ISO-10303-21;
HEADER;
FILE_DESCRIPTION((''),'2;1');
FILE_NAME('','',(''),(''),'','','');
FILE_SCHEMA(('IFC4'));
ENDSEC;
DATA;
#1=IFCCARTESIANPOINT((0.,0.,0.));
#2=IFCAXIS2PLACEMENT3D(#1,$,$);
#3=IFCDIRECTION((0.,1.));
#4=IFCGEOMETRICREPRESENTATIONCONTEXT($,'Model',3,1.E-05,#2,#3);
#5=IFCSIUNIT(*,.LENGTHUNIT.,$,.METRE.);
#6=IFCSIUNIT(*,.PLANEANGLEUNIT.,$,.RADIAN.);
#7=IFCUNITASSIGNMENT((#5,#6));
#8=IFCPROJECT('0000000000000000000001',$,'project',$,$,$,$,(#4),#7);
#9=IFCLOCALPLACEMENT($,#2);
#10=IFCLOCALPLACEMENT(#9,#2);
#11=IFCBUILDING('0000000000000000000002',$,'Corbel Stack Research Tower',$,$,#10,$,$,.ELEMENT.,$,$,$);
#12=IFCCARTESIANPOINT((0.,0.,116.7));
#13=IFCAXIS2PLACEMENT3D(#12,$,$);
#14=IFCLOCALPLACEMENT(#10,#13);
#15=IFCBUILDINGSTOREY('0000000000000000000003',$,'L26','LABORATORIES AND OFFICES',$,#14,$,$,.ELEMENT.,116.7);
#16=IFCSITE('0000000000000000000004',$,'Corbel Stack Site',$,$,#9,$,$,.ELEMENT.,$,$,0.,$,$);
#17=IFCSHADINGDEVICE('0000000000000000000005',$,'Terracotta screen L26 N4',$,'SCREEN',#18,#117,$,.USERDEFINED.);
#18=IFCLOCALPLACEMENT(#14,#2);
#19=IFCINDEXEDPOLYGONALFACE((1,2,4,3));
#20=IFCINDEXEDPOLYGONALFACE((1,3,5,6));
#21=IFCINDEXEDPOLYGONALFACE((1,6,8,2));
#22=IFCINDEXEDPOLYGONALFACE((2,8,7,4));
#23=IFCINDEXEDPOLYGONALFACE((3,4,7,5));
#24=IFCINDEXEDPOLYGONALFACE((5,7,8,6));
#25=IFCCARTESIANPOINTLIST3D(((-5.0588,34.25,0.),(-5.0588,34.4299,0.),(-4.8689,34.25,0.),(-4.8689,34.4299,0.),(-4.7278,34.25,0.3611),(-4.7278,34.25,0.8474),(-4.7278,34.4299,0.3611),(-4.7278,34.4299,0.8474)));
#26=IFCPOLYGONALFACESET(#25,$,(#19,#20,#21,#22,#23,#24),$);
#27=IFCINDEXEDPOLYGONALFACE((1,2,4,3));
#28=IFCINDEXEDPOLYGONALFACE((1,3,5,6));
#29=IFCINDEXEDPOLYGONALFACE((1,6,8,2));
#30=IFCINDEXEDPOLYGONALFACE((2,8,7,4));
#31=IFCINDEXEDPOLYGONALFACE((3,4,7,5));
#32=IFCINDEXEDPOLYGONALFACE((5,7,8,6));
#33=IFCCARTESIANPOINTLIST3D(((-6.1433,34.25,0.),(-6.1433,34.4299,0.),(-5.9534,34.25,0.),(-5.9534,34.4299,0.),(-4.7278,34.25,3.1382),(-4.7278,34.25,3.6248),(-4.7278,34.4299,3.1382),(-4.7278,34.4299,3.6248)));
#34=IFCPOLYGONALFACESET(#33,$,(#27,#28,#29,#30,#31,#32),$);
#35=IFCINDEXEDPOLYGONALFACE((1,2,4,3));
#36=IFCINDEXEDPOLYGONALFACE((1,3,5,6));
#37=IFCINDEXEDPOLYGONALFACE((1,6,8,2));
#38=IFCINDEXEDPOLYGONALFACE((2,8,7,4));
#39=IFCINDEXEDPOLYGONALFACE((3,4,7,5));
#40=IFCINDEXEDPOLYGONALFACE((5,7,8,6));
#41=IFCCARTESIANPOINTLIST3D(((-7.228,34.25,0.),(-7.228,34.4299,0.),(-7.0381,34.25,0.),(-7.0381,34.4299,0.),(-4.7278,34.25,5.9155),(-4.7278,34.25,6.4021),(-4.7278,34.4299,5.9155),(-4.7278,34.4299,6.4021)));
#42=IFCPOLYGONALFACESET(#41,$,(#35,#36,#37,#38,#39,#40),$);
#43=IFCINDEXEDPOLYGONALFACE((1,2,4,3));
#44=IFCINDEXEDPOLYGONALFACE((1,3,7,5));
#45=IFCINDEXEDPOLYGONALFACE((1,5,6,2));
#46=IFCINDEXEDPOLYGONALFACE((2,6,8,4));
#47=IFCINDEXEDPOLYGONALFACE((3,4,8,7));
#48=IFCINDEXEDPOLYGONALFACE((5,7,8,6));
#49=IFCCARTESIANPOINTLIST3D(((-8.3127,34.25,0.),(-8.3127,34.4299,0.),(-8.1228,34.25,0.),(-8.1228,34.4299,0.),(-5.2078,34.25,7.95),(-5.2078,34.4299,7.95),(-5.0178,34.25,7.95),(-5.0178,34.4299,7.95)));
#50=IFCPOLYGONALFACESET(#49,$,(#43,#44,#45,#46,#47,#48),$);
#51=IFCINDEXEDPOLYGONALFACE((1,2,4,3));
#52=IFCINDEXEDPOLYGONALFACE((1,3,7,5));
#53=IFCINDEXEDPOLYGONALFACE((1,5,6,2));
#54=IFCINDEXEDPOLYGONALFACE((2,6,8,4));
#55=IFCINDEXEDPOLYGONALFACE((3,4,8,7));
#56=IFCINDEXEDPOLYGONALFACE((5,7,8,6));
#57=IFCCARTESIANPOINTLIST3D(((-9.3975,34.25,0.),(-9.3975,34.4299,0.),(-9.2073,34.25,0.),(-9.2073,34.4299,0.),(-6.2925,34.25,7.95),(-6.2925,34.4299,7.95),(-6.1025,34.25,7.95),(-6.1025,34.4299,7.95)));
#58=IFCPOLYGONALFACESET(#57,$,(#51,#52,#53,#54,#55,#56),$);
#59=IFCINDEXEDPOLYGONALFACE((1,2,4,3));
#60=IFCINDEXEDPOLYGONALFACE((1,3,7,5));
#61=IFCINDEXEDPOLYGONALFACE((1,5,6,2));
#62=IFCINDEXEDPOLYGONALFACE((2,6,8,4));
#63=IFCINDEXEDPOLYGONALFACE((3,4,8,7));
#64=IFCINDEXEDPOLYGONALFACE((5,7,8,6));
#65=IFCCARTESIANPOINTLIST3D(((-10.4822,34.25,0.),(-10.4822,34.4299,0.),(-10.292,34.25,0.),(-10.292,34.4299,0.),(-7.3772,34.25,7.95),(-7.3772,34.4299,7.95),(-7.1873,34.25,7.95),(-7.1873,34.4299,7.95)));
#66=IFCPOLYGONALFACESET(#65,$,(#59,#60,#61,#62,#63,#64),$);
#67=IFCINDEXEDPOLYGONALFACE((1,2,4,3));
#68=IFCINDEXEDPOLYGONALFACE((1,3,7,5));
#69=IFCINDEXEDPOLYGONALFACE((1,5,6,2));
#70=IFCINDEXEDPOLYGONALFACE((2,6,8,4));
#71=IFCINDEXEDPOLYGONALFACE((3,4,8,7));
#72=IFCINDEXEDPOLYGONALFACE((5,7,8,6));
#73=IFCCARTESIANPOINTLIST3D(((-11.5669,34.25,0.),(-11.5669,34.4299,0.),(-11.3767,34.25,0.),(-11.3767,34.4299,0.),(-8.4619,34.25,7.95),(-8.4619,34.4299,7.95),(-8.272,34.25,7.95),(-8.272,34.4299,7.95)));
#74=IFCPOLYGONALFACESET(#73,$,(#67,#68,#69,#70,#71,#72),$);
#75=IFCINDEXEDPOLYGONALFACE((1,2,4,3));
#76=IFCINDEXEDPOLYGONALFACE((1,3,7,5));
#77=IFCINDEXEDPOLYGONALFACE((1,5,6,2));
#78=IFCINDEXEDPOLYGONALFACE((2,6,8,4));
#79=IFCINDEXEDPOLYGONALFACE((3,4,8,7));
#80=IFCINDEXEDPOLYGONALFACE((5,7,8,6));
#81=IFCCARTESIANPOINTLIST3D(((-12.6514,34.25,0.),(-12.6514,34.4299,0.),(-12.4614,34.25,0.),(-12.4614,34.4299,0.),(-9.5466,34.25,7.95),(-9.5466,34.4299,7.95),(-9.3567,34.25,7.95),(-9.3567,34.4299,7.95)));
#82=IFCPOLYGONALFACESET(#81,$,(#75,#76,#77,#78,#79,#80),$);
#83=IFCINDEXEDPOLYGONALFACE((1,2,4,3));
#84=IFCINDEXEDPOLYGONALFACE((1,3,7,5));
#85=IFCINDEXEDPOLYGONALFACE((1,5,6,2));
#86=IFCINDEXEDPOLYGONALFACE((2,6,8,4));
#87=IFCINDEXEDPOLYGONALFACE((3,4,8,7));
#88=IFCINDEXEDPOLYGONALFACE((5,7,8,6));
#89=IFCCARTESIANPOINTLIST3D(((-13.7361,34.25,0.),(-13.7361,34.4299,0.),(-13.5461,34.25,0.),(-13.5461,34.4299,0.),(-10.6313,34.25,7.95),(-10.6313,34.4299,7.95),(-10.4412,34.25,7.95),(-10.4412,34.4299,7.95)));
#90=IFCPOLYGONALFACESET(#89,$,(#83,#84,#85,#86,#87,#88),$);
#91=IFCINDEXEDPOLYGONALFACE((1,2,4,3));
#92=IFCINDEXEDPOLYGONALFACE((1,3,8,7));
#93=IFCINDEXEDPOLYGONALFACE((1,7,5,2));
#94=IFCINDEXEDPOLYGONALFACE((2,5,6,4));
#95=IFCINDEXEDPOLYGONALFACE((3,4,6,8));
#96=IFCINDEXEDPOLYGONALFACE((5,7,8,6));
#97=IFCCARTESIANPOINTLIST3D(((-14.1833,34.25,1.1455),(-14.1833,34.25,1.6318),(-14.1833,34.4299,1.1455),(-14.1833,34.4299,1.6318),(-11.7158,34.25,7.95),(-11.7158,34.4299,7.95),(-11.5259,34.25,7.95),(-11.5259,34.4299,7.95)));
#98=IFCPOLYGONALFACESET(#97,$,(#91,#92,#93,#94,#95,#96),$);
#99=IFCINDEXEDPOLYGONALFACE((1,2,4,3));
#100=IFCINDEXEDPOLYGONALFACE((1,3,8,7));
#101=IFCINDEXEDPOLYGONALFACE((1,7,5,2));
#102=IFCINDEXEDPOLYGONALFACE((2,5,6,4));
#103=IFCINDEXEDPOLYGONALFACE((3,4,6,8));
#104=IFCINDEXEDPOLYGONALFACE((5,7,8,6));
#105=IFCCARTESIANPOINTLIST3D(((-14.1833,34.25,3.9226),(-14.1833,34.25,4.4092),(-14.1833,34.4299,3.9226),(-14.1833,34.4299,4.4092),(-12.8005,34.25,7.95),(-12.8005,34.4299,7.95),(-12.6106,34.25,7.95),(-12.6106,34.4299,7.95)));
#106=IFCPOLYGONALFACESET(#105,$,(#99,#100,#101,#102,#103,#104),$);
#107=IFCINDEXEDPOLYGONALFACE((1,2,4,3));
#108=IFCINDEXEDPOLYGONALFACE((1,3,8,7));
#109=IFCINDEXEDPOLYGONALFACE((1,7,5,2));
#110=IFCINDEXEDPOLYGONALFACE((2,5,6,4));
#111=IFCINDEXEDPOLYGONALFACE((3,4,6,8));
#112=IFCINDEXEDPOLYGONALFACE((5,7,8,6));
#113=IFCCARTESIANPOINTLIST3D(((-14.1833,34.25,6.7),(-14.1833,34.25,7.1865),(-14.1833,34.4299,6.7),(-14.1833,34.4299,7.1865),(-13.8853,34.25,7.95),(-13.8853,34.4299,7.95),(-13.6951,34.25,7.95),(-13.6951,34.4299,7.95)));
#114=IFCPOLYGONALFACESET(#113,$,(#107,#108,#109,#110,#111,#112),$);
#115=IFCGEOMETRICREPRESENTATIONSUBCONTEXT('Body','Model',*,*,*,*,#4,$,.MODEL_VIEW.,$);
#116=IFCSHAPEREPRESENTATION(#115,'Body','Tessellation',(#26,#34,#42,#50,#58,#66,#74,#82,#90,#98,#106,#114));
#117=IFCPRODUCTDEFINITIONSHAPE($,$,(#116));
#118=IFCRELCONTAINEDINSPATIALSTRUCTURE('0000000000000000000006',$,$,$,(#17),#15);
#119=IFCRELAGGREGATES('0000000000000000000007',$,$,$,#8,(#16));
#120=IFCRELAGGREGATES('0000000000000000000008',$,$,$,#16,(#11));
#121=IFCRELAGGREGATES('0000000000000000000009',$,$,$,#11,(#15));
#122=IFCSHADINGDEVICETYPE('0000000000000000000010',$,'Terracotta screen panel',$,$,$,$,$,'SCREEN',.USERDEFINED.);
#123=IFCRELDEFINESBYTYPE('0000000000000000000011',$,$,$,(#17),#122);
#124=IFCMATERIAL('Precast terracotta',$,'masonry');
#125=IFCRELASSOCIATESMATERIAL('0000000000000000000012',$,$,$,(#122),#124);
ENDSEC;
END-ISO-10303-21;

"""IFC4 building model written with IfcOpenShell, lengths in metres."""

from ifc_helpers import new_model, si_unit, direction, frame, origin, place, context, subcontext, project, spatial, polyline, outline, extrude, source, transform, mapped, material, type_object, element, save


model = new_model("IFC4")

# Units and contexts
model_context = context("Model", 3, precision=1e-05, world=origin(), true_north=direction((0.0, 1.0)))
body_context = subcontext(model_context, "Body", "Model", "MODEL_VIEW")
ifc_project = project(units=[si_unit("LENGTHUNIT", "METRE"), si_unit("PLANEANGLEUNIT", "RADIAN")], contexts=[model_context])

# Site, building, storey
site_placement = place(None, origin())
site = spatial("IfcSite", under=ifc_project, at=site_placement, Name="Corbel Stack Site", CompositionType="ELEMENT", RefElevation=0.0)
building_placement = place(site_placement, origin())
building = spatial("IfcBuilding", under=site, at=building_placement, Name="Corbel Stack Research Tower", CompositionType="ELEMENT")
storey_placement = place(building_placement, frame((0.0, 0.0, 116.7)))
storey = spatial("IfcBuildingStorey", under=building, at=storey_placement, Name="L26", Description="LABORATORIES AND OFFICES", CompositionType="ELEMENT", Elevation=116.7)

# Shading device
ifc_material_1 = material(Name="Precast terracotta", Category="masonry")
shading_device_type = type_object("IfcShadingDeviceType", Name="Terracotta screen panel", ElementType="SCREEN", PredefinedType="USERDEFINED", material=ifc_material_1)
shared_shape_1 = source(origin(), body_context, "Body", "SweptSolid", [
    extrude(outline(polyline([(0.3311, 0.0), (0.0, 0.8474), (0.0, 0.3611), (0.1411, 0.0), (0.3311, 0.0)])), frame((0.0, 0.0, 0.0), z_axis=(0.0, -1.0, 0.0), x_axis=(1.0, 0.0, 0.0)), (0.0, 0.0, 1.0), 0.1799),
    extrude(outline(polyline([(1.4155, 0.0), (0.0, 3.6248), (0.0, 3.1382), (1.2256, 0.0), (1.4155, 0.0)])), frame((0.0, 0.0, 0.0), z_axis=(0.0, -1.0, 0.0), x_axis=(1.0, 0.0, 0.0)), (0.0, 0.0, 1.0), 0.1799),
    extrude(outline(polyline([(2.5002, 0.0), (0.0, 6.4021), (0.0, 5.9155), (2.3103, 0.0), (2.5002, 0.0)])), frame((0.0, 0.0, 0.0), z_axis=(0.0, -1.0, 0.0), x_axis=(1.0, 0.0, 0.0)), (0.0, 0.0, 1.0), 0.1799),
    extrude(outline(polyline([(3.585, 0.0), (0.48, 7.95), (0.29, 7.95), (3.395, 0.0), (3.585, 0.0)])), frame((0.0, 0.0, 0.0), z_axis=(0.0, -1.0, 0.0), x_axis=(1.0, 0.0, 0.0)), (0.0, 0.0, 1.0), 0.1799),
    extrude(outline(polyline([(4.6697, 0.0), (1.5647, 7.95), (1.3748, 7.95), (4.4795, 0.0), (4.6697, 0.0)])), frame((0.0, 0.0, 0.0), z_axis=(0.0, -1.0, 0.0), x_axis=(1.0, 0.0, 0.0)), (0.0, 0.0, 1.0), 0.1799),
    extrude(outline(polyline([(5.7544, 0.0), (2.6494, 7.95), (2.4595, 7.95), (5.5642, 0.0), (5.7544, 0.0)])), frame((0.0, 0.0, 0.0), z_axis=(0.0, -1.0, 0.0), x_axis=(1.0, 0.0, 0.0)), (0.0, 0.0, 1.0), 0.1799),
    extrude(outline(polyline([(6.8391, 0.0), (3.7341, 7.95), (3.5442, 7.95), (6.6489, 0.0), (6.8391, 0.0)])), frame((0.0, 0.0, 0.0), z_axis=(0.0, -1.0, 0.0), x_axis=(1.0, 0.0, 0.0)), (0.0, 0.0, 1.0), 0.1799),
    extrude(outline(polyline([(7.9236, 0.0), (4.8188, 7.95), (4.6289, 7.95), (7.7336, 0.0), (7.9236, 0.0)])), frame((0.0, 0.0, 0.0), z_axis=(0.0, -1.0, 0.0), x_axis=(1.0, 0.0, 0.0)), (0.0, 0.0, 1.0), 0.1799),
    extrude(outline(polyline([(9.0083, 0.0), (5.9036, 7.95), (5.7134, 7.95), (8.8184, 0.0), (9.0083, 0.0)])), frame((0.0, 0.0, 0.0), z_axis=(0.0, -1.0, 0.0), x_axis=(1.0, 0.0, 0.0)), (0.0, 0.0, 1.0), 0.1799),
    extrude(outline(polyline([(6.988, 7.95), (6.7981, 7.95), (9.4556, 1.1455), (9.4556, 1.6318), (6.988, 7.95)])), frame((0.0, 0.0, 0.0), z_axis=(0.0, -1.0, 0.0), x_axis=(1.0, 0.0, 0.0)), (0.0, 0.0, 1.0), 0.1799),
    extrude(outline(polyline([(8.0728, 7.95), (7.8828, 7.95), (9.4556, 3.9226), (9.4556, 4.4092), (8.0728, 7.95)])), frame((0.0, 0.0, 0.0), z_axis=(0.0, -1.0, 0.0), x_axis=(1.0, 0.0, 0.0)), (0.0, 0.0, 1.0), 0.1799),
    extrude(outline(polyline([(9.1575, 7.95), (8.9673, 7.95), (9.4556, 6.7), (9.4556, 7.1865), (9.1575, 7.95)])), frame((0.0, 0.0, 0.0), z_axis=(0.0, -1.0, 0.0), x_axis=(1.0, 0.0, 0.0)), (0.0, 0.0, 1.0), 0.1799),
])
shading_device_1_placement = place(storey_placement, frame((-4.7278, 34.25, 0.0), z_axis=(0.0, 0.0, 1.0), x_axis=(-1.0, 0.0, 0.0)))
element("IfcShadingDevice", 1, at=shading_device_1_placement, inside=storey, type_object=shading_device_type, Name="Terracotta screen L26 N4", ObjectType="SCREEN", PredefinedType="USERDEFINED", context=body_context, shape_type="MappedRepresentation", body=[
    mapped(shared_shape_1, transform((0.0, 0.0, 0.0))),
])

save(model, "model.ifc")
